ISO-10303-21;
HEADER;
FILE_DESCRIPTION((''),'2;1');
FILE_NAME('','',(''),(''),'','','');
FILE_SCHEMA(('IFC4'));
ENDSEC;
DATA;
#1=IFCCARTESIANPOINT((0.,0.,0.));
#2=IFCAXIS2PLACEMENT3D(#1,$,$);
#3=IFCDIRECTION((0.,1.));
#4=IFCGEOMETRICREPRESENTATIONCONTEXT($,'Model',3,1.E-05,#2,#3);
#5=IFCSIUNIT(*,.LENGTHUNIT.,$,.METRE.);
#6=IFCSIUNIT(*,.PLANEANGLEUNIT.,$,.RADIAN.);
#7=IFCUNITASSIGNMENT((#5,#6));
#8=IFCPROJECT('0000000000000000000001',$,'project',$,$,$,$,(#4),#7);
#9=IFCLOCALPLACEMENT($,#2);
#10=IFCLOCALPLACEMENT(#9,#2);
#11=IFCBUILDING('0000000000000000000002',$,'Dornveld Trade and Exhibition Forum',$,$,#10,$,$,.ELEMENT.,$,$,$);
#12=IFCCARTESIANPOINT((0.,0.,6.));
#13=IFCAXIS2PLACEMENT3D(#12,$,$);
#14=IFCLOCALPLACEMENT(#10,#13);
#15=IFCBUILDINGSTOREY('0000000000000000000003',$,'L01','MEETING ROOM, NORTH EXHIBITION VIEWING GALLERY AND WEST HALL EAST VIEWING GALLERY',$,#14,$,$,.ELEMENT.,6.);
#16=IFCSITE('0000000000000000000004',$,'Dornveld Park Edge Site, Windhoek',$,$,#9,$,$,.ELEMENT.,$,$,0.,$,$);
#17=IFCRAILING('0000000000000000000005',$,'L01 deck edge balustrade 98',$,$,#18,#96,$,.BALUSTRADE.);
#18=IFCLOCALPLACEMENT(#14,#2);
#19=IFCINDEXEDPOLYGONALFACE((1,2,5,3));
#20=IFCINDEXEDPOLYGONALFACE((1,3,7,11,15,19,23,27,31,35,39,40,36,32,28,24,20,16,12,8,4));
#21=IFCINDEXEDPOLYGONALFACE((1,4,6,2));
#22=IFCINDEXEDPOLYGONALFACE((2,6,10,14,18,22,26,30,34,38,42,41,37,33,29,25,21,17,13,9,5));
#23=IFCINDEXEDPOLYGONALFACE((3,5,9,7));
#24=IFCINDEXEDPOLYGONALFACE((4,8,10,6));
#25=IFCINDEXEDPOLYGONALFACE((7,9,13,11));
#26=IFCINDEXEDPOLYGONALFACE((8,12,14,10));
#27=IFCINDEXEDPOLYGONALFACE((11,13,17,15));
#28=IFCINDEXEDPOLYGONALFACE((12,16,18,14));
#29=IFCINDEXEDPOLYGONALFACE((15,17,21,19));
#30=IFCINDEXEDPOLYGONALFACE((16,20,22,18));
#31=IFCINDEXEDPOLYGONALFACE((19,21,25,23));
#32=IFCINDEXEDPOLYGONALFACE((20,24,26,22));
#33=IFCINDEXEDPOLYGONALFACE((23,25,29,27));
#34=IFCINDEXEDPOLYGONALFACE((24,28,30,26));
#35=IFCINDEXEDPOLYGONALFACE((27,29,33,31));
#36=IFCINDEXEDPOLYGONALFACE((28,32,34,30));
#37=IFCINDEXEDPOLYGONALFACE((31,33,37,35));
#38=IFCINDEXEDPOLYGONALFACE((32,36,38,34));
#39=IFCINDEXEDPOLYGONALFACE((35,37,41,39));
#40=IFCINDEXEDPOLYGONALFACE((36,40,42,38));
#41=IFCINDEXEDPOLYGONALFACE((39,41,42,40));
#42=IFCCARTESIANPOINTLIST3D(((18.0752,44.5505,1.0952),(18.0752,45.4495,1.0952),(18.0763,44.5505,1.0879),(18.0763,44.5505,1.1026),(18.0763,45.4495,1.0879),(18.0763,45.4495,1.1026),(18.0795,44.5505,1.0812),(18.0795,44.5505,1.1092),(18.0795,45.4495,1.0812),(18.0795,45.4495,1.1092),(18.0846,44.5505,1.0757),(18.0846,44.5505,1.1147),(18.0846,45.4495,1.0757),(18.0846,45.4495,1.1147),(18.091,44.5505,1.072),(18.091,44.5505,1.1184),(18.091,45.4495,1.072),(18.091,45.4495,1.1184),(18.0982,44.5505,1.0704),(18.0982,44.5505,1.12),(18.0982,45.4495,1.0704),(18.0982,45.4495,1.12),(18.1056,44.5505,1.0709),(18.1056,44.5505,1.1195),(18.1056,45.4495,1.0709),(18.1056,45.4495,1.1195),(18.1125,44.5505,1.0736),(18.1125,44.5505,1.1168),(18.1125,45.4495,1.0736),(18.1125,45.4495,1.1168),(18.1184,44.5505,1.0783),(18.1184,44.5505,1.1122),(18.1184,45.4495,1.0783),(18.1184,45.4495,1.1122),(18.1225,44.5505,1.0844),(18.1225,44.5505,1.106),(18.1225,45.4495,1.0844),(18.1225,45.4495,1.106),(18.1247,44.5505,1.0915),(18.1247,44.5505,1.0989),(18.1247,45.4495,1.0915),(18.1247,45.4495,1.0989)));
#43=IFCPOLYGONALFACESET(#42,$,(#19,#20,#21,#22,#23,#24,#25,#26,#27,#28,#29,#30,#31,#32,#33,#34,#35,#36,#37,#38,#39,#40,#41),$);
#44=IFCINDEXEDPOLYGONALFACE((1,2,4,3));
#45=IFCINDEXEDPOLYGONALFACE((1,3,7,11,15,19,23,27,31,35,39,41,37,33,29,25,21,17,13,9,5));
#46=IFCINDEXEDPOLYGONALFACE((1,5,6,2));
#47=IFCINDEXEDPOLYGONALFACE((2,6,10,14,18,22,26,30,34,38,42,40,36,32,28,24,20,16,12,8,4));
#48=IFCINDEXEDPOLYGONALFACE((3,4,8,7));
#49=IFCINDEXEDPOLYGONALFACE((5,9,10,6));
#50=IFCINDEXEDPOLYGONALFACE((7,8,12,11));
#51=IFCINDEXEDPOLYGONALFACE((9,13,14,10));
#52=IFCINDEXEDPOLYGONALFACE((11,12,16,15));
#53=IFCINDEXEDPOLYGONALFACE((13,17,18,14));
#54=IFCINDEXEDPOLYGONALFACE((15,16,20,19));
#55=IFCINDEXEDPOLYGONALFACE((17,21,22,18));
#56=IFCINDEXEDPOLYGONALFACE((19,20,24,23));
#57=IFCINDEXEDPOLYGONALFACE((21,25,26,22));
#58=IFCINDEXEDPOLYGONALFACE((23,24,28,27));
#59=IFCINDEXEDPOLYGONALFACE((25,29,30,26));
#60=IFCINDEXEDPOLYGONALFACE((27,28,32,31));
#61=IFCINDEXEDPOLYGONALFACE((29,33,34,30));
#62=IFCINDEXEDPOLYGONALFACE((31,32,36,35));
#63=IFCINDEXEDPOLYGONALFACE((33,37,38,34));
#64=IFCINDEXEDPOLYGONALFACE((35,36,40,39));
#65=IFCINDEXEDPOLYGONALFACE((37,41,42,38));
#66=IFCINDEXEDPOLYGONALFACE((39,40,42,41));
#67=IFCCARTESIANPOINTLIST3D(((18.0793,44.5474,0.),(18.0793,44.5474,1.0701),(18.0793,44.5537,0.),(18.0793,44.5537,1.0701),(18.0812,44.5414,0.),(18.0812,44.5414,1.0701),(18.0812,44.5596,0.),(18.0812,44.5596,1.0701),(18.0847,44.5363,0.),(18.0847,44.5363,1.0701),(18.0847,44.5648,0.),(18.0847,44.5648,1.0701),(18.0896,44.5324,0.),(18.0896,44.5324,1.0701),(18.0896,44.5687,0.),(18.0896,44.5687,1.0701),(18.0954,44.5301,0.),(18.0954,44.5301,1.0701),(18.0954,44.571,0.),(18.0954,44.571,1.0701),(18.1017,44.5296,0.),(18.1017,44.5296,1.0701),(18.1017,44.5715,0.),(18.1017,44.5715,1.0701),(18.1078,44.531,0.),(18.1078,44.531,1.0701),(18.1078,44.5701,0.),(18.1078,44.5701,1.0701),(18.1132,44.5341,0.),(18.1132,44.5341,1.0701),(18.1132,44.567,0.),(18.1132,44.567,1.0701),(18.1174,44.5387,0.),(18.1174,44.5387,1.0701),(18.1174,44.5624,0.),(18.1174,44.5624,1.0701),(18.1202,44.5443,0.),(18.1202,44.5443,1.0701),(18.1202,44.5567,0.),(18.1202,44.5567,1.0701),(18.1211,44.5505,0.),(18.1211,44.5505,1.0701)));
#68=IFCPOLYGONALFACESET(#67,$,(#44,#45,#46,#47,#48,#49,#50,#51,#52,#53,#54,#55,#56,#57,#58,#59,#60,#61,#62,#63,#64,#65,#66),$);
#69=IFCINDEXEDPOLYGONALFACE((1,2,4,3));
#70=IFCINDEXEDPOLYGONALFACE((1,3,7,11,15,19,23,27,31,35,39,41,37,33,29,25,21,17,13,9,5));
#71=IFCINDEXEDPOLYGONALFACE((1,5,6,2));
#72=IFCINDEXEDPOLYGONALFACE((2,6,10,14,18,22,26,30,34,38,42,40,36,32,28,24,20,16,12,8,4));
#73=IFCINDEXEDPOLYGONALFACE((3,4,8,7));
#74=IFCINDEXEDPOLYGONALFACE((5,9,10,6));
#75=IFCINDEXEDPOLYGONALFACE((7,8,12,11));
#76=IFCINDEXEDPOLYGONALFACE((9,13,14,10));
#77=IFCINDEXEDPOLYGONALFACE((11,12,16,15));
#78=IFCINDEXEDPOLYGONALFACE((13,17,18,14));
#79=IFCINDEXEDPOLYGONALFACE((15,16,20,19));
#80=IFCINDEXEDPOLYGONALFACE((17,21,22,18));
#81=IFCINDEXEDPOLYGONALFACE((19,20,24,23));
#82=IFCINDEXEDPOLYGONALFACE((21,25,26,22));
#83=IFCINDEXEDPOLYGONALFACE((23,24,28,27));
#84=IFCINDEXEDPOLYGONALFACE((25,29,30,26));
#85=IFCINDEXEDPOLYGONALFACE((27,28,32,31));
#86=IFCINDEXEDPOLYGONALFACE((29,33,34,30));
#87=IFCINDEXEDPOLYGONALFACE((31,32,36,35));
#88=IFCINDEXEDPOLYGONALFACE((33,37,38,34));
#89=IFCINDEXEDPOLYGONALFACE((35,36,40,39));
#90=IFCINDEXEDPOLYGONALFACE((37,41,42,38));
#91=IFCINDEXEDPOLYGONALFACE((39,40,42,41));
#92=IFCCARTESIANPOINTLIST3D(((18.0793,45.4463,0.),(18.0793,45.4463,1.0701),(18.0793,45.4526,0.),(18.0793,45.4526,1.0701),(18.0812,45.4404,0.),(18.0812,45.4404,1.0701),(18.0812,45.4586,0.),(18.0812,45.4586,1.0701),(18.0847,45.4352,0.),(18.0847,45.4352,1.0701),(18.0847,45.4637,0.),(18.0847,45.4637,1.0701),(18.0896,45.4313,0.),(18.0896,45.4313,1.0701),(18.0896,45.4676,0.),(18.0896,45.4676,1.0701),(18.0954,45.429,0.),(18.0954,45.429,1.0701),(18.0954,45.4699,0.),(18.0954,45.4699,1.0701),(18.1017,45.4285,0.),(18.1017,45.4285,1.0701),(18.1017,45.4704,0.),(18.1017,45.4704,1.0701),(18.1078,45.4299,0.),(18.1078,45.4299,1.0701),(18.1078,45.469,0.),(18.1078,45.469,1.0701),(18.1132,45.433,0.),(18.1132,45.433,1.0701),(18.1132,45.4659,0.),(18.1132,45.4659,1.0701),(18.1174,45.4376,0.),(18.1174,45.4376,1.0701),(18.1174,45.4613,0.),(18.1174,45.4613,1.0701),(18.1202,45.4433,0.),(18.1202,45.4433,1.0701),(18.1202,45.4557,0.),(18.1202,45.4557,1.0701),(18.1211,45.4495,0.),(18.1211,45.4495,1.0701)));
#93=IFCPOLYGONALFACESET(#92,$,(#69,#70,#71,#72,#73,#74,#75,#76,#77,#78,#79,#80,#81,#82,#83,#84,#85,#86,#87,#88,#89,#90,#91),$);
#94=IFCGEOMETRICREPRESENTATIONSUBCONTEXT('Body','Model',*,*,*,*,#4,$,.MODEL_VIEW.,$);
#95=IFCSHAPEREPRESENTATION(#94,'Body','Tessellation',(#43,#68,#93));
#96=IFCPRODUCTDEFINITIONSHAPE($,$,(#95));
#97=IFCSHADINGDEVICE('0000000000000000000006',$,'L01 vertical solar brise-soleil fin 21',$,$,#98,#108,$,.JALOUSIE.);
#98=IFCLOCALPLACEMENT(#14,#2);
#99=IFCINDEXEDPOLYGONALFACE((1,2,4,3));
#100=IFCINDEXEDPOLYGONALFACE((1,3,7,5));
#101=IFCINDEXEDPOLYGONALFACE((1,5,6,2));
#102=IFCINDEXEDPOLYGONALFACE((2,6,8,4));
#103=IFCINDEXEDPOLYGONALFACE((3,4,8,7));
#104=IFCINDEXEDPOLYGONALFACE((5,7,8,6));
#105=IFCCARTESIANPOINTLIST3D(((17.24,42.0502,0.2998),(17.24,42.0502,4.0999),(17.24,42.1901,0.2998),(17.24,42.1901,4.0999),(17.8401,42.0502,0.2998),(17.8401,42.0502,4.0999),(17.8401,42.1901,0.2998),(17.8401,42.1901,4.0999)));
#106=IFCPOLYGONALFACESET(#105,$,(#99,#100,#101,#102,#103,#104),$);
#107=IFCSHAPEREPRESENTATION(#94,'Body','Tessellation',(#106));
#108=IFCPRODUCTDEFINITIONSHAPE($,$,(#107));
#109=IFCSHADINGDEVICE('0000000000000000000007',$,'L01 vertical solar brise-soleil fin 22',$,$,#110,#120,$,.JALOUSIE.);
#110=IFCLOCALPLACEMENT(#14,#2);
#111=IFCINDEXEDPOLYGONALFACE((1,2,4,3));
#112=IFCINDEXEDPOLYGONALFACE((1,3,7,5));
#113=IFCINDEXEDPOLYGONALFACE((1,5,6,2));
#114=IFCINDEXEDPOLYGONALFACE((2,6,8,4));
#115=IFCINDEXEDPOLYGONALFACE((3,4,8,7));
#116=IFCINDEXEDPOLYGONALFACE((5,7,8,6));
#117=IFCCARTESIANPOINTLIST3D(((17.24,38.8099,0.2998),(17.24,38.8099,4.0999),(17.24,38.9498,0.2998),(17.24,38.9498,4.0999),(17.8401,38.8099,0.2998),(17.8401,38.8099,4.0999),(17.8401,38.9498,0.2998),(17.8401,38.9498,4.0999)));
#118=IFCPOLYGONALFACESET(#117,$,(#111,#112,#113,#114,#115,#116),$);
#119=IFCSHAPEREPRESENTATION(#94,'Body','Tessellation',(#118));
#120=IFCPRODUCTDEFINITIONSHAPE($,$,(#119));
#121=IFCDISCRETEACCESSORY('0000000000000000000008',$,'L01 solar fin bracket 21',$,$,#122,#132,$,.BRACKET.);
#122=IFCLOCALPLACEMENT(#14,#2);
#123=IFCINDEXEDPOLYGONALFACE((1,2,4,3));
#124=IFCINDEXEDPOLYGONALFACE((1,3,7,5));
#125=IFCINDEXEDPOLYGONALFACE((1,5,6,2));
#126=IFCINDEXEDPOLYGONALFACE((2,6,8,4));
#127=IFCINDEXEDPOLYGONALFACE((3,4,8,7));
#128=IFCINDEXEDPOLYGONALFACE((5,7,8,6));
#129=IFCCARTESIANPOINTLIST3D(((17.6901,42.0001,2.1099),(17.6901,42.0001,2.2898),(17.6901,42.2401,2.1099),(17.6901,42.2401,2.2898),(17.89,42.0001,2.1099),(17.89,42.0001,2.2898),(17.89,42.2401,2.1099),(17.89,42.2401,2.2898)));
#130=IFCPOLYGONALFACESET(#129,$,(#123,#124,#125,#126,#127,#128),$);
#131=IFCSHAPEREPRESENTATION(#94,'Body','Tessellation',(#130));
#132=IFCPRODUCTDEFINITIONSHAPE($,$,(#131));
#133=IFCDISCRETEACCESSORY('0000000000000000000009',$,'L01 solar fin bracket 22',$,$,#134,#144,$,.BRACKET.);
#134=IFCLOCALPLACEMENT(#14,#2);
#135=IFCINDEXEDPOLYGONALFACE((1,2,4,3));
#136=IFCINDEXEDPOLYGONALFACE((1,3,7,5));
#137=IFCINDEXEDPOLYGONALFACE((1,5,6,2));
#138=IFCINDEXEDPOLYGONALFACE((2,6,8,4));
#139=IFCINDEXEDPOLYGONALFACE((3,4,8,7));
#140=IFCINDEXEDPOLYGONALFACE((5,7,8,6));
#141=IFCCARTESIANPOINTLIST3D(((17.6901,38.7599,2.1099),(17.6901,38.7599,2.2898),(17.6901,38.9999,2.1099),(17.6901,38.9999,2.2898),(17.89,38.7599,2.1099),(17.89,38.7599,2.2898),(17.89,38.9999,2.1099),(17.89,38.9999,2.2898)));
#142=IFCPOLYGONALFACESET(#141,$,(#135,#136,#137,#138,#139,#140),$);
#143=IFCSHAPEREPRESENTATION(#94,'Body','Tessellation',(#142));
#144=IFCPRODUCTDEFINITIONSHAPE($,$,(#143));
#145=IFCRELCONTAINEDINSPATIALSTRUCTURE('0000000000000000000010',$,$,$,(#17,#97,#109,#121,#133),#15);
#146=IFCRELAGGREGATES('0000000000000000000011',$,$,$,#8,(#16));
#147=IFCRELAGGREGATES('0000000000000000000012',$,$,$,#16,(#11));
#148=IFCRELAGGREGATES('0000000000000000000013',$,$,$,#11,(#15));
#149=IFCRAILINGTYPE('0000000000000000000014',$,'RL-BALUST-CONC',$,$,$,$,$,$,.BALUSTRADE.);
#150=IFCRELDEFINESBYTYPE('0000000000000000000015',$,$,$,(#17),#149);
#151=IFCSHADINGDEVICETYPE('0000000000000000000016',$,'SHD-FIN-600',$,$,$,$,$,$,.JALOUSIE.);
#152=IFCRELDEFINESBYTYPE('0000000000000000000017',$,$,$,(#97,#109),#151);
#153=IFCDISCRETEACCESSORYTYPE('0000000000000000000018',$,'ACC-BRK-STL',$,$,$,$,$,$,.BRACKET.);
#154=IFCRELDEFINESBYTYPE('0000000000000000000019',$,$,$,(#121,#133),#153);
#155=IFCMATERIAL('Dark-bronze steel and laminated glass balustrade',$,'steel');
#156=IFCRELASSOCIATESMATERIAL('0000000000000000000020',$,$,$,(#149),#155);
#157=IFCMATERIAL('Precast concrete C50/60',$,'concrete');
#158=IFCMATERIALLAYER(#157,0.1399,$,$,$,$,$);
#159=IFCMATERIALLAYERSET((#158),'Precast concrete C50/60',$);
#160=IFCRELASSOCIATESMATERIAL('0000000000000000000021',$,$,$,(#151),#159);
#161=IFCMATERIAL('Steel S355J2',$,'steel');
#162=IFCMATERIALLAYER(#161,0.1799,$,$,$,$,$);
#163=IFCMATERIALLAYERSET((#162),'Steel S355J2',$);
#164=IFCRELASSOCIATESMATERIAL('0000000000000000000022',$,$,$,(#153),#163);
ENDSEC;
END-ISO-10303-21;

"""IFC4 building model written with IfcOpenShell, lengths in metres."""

from ifc_helpers import new_model, si_unit, direction, frame, origin, origin_2d, place, context, subcontext, project, spatial, rectangle, circle, extrude, material, layer, layer_set, type_object, element, save


model = new_model("IFC4")

# Units and contexts
model_context = context("Model", 3, precision=1e-05, world=origin(), true_north=direction((0.0, 1.0)))
body_context = subcontext(model_context, "Body", "Model", "MODEL_VIEW")
ifc_project = project(units=[si_unit("LENGTHUNIT", "METRE"), si_unit("PLANEANGLEUNIT", "RADIAN")], contexts=[model_context])

# Site, building, storey
site_placement = place(None, origin())
site = spatial("IfcSite", under=ifc_project, at=site_placement, Name="Dornveld Park Edge Site, Windhoek", CompositionType="ELEMENT", RefElevation=0.0)
building_placement = place(site_placement, origin())
building = spatial("IfcBuilding", under=site, at=building_placement, Name="Dornveld Trade and Exhibition Forum", CompositionType="ELEMENT")
storey_placement = place(building_placement, frame((0.0, 0.0, 6.0)))
storey = spatial("IfcBuildingStorey", under=building, at=storey_placement, Name="L01", Description="MEETING ROOM, NORTH EXHIBITION VIEWING GALLERY AND WEST HALL EAST VIEWING GALLERY", CompositionType="ELEMENT", Elevation=6.0)

# Railing
ifc_material_1 = material(Name="Dark-bronze steel and laminated glass balustrade", Category="steel")
railing_type = type_object("IfcRailingType", Name="RL-BALUST-CONC", PredefinedType="BALUSTRADE", material=ifc_material_1)
railing_1_placement = place(storey_placement, frame((18.1001, 44.5505, 0.0)))
element("IfcRailing", 1, at=railing_1_placement, inside=storey, type_object=railing_type, Name="L01 deck edge balustrade 98", PredefinedType="BALUSTRADE", context=body_context, shape_type="SweptSolid", body=[
    extrude(circle(Radius=0.0249, at=origin_2d()), frame((0.0, 0.0, 1.0952), z_axis=(0.0, 1.0, 0.0), x_axis=(-1.0, 0.0, 0.0)), (0.0, 0.0, 1.0), 0.8989),
    extrude(circle(Radius=0.021, at=origin_2d()), origin(), (0.0, 0.0, 1.0), 1.0701),
    extrude(circle(Radius=0.021, at=origin_2d()), frame((0.0, 0.8989, 0.0)), (0.0, 0.0, 1.0), 1.0701),
])

# Shading devices
ifc_material_2 = material(Name="Precast concrete C50/60", Category="concrete")
ifc_layer_1 = layer(ifc_material_2, 0.1399)
ifc_layer_set_1 = layer_set([ifc_layer_1], Name="Precast concrete C50/60")
shading_device_type = type_object("IfcShadingDeviceType", Name="SHD-FIN-600", PredefinedType="JALOUSIE", material=ifc_layer_set_1)
for number, where, z_axis, x_axis, name in (
    (2, (17.54, 42.1201, 0.2998), (0.0, 0.0, 1.0), (0.0, -1.0, 0.0), "L01 vertical solar brise-soleil fin 21"),
    (3, (17.54, 38.8799, 0.2998), (0.0, 0.0, 1.0), (0.0, -1.0, 0.0), "L01 vertical solar brise-soleil fin 22"),
):
    element("IfcShadingDevice", number, at=place(storey_placement, frame(where, z_axis=z_axis, x_axis=x_axis)), inside=storey, type_object=shading_device_type, Name=name, PredefinedType="JALOUSIE", context=body_context, shape_type="SweptSolid", body=[
        extrude(rectangle(XDim=0.1399, YDim=0.6001, at=origin_2d()), origin(), (0.0, 0.0, 1.0), 3.8),
    ])

# Discrete accessories
ifc_material_3 = material(Name="Steel S355J2", Category="steel")
ifc_layer_2 = layer(ifc_material_3, 0.1799)
ifc_layer_set_2 = layer_set([ifc_layer_2], Name="Steel S355J2")
discrete_accessory_type = type_object("IfcDiscreteAccessoryType", Name="ACC-BRK-STL", PredefinedType="BRACKET", material=ifc_layer_set_2)
for number, where, z_axis, x_axis, name in (
    (4, (17.79, 42.1201, 2.1099), (0.0, 0.0, 1.0), (0.0, -1.0, 0.0), "L01 solar fin bracket 21"),
    (5, (17.79, 38.8799, 2.1099), (0.0, 0.0, 1.0), (0.0, -1.0, 0.0), "L01 solar fin bracket 22"),
):
    element("IfcDiscreteAccessory", number, at=place(storey_placement, frame(where, z_axis=z_axis, x_axis=x_axis)), inside=storey, type_object=discrete_accessory_type, Name=name, PredefinedType="BRACKET", context=body_context, shape_type="SweptSolid", body=[
        extrude(rectangle(XDim=0.24, YDim=0.2, at=origin_2d()), origin(), (0.0, 0.0, 1.0), 0.1799),
    ])

save(model, "model.ifc")
